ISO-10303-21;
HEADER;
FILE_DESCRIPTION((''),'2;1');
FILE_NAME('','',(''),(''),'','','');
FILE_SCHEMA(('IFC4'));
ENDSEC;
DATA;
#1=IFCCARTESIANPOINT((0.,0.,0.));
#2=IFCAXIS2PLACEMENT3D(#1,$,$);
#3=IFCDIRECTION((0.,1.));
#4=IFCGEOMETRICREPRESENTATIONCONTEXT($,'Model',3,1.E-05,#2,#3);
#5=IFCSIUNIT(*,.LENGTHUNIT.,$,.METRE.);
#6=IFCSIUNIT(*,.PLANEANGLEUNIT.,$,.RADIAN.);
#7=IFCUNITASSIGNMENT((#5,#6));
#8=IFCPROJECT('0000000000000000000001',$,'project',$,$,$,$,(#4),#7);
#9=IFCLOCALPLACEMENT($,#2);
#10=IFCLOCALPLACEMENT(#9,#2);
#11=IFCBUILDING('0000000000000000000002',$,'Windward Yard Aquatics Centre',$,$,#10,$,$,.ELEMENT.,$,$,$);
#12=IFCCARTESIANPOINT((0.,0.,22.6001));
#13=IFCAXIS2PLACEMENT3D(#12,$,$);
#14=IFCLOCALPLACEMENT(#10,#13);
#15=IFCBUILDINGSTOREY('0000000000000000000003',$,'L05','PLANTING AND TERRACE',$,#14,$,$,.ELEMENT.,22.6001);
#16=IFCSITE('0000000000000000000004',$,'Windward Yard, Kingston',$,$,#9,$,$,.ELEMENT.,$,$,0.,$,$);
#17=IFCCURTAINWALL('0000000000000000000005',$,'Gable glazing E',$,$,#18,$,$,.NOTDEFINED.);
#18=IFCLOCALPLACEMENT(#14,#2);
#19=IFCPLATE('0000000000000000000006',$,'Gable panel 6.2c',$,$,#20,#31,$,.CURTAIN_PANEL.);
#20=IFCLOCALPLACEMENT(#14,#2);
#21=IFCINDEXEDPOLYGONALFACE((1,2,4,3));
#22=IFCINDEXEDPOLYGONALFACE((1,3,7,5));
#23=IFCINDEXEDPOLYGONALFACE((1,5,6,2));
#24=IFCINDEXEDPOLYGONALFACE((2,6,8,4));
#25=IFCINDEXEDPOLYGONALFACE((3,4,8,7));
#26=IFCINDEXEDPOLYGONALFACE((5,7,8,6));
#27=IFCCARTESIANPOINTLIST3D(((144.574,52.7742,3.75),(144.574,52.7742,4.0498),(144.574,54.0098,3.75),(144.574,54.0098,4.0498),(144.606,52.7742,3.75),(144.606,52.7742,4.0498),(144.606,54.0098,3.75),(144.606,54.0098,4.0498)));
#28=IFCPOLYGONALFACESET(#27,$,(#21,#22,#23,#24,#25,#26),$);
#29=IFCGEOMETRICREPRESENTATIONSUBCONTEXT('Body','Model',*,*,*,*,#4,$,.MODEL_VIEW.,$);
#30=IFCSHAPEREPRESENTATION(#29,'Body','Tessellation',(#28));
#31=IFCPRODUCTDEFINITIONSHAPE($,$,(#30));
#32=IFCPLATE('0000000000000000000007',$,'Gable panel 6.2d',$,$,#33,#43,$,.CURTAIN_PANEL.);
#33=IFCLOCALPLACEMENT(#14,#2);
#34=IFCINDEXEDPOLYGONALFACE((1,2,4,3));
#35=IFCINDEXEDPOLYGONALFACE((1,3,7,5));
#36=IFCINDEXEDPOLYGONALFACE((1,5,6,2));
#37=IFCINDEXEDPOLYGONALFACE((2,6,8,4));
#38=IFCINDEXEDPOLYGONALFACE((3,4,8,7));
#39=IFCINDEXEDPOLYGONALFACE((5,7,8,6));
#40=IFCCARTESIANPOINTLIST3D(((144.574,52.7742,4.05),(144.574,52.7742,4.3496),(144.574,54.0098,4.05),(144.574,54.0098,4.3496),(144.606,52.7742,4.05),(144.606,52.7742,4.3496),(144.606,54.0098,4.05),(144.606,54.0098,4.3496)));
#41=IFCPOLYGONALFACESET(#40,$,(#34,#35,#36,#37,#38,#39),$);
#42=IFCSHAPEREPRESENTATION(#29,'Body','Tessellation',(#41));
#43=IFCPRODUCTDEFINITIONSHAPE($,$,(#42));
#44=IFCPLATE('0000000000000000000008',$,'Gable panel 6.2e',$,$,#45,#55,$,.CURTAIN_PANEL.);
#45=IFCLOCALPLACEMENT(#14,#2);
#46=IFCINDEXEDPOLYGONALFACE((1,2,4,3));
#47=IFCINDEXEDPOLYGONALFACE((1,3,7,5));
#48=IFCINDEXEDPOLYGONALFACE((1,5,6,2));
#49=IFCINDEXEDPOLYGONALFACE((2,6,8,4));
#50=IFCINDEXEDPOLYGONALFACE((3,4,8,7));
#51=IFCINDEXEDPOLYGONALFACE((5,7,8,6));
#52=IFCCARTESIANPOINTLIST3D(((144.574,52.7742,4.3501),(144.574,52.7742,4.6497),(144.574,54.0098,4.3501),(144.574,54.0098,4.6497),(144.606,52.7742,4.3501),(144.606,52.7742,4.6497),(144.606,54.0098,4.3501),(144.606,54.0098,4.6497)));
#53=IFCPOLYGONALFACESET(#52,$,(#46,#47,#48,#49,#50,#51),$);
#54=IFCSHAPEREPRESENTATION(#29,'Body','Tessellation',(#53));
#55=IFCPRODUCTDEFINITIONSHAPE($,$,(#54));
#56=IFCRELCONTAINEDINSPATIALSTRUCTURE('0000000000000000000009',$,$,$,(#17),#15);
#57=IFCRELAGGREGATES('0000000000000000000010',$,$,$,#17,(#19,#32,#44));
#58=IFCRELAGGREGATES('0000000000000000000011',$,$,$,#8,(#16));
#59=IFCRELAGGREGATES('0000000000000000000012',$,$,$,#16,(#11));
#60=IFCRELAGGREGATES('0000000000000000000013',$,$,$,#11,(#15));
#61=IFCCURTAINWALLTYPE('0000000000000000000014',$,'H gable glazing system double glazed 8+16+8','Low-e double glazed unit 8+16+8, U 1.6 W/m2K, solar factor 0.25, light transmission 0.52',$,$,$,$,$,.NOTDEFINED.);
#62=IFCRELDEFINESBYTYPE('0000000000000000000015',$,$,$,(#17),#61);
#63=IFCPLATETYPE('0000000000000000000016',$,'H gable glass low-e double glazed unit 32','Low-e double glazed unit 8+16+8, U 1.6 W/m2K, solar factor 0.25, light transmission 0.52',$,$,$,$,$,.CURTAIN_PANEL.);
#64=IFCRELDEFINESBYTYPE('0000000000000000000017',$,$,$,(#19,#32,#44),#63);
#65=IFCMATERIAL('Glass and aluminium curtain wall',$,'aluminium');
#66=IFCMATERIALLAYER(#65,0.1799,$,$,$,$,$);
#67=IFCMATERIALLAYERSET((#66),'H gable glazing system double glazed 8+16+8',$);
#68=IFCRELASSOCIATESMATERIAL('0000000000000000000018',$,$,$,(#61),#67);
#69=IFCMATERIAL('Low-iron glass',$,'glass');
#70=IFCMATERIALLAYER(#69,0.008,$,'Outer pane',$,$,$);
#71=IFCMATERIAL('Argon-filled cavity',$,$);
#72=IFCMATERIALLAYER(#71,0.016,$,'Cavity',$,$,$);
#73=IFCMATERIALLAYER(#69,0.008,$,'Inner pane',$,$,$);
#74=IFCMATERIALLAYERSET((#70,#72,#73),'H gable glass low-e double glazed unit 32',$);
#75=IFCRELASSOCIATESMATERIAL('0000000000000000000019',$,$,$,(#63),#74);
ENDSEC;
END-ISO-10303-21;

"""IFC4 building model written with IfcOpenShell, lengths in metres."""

from ifc_helpers import new_model, si_unit, direction, frame, origin, place, context, subcontext, project, spatial, polyline, outline, extrude, material, layer, layer_set, type_object, element, aggregate, save


model = new_model("IFC4")

# Units and contexts
model_context = context("Model", 3, precision=1e-05, world=origin(), true_north=direction((0.0, 1.0)))
body_context = subcontext(model_context, "Body", "Model", "MODEL_VIEW")
ifc_project = project(units=[si_unit("LENGTHUNIT", "METRE"), si_unit("PLANEANGLEUNIT", "RADIAN")], contexts=[model_context])

# Site, building, storey
site_placement = place(None, origin())
site = spatial("IfcSite", under=ifc_project, at=site_placement, Name="Windward Yard, Kingston", CompositionType="ELEMENT", RefElevation=0.0)
building_placement = place(site_placement, origin())
building = spatial("IfcBuilding", under=site, at=building_placement, Name="Windward Yard Aquatics Centre", CompositionType="ELEMENT")
storey_placement = place(building_placement, frame((0.0, 0.0, 22.6001)))
storey = spatial("IfcBuildingStorey", under=building, at=storey_placement, Name="L05", Description="PLANTING AND TERRACE", CompositionType="ELEMENT", Elevation=22.6001)

# Curtain wall, plates
ifc_material_1 = material(Name="Glass and aluminium curtain wall", Category="aluminium")
ifc_layer_1 = layer(ifc_material_1, 0.1799)
ifc_layer_set_1 = layer_set([ifc_layer_1], Name="H gable glazing system double glazed 8+16+8")
curtain_wall_type = type_object("IfcCurtainWallType", Name="H gable glazing system double glazed 8+16+8", Description="Low-e double glazed unit 8+16+8, U 1.6 W/m2K, solar factor 0.25, light transmission 0.52", PredefinedType="NOTDEFINED", material=ifc_layer_set_1)
curtain_wall_placement = place(storey_placement, origin())
curtain_wall = element("IfcCurtainWall", 1, at=curtain_wall_placement, inside=storey, type_object=curtain_wall_type, Name="Gable glazing E", PredefinedType="NOTDEFINED")
ifc_material_2 = material(Name="Low-iron glass", Category="glass")
ifc_layer_2 = layer(ifc_material_2, 0.008, Name="Outer pane")
ifc_material_3 = material(Name="Argon-filled cavity")
ifc_layer_3 = layer(ifc_material_3, 0.016, Name="Cavity")
ifc_layer_4 = layer(ifc_material_2, 0.008, Name="Inner pane")
ifc_layer_set_2 = layer_set([ifc_layer_2, ifc_layer_3, ifc_layer_4], Name="H gable glass low-e double glazed unit 32")
plate_type = type_object("IfcPlateType", Name="H gable glass low-e double glazed unit 32", Description="Low-e double glazed unit 8+16+8, U 1.6 W/m2K, solar factor 0.25, light transmission 0.52", PredefinedType="CURTAIN_PANEL", material=ifc_layer_set_2)
plate_1_placement = place(storey_placement, frame((144.606, 52.7742, 3.75), z_axis=(1.0, 0.0, 0.0), x_axis=(0.0, 1.0, 0.0)))
plate_1 = element("IfcPlate", 2, at=plate_1_placement, type_object=plate_type, Name="Gable panel 6.2c", PredefinedType="CURTAIN_PANEL", context=body_context, shape_type="SweptSolid", body=[
    extrude(outline(polyline([(0.0, 0.0), (1.2356, 0.0), (1.2356, 0.2998), (0.0, 0.2998), (0.0, 0.0)])), origin(), (0.0, 0.0, -1.0), 0.032),
])
plate_2_placement = place(storey_placement, frame((144.606, 52.7742, 4.05), z_axis=(1.0, 0.0, 0.0), x_axis=(0.0, 1.0, 0.0)))
plate_2 = element("IfcPlate", 3, at=plate_2_placement, type_object=plate_type, Name="Gable panel 6.2d", PredefinedType="CURTAIN_PANEL", context=body_context, shape_type="SweptSolid", body=[
    extrude(outline(polyline([(0.0, 0.0), (1.2356, 0.0), (1.2356, 0.2996), (0.0, 0.2996), (0.0, 0.0)])), origin(), (0.0, 0.0, -1.0), 0.032),
])
plate_3_placement = place(storey_placement, frame((144.606, 52.7742, 4.3501), z_axis=(1.0, 0.0, 0.0), x_axis=(0.0, 1.0, 0.0)))
plate_3 = element("IfcPlate", 4, at=plate_3_placement, type_object=plate_type, Name="Gable panel 6.2e", PredefinedType="CURTAIN_PANEL", context=body_context, shape_type="SweptSolid", body=[
    extrude(outline(polyline([(0.0, 0.0), (1.2356, 0.0), (1.2356, 0.2996), (0.0, 0.2996), (0.0, 0.0)])), origin(), (0.0, 0.0, -1.0), 0.032),
])
aggregate(curtain_wall, [plate_1, plate_2, plate_3])

save(model, "model.ifc")
